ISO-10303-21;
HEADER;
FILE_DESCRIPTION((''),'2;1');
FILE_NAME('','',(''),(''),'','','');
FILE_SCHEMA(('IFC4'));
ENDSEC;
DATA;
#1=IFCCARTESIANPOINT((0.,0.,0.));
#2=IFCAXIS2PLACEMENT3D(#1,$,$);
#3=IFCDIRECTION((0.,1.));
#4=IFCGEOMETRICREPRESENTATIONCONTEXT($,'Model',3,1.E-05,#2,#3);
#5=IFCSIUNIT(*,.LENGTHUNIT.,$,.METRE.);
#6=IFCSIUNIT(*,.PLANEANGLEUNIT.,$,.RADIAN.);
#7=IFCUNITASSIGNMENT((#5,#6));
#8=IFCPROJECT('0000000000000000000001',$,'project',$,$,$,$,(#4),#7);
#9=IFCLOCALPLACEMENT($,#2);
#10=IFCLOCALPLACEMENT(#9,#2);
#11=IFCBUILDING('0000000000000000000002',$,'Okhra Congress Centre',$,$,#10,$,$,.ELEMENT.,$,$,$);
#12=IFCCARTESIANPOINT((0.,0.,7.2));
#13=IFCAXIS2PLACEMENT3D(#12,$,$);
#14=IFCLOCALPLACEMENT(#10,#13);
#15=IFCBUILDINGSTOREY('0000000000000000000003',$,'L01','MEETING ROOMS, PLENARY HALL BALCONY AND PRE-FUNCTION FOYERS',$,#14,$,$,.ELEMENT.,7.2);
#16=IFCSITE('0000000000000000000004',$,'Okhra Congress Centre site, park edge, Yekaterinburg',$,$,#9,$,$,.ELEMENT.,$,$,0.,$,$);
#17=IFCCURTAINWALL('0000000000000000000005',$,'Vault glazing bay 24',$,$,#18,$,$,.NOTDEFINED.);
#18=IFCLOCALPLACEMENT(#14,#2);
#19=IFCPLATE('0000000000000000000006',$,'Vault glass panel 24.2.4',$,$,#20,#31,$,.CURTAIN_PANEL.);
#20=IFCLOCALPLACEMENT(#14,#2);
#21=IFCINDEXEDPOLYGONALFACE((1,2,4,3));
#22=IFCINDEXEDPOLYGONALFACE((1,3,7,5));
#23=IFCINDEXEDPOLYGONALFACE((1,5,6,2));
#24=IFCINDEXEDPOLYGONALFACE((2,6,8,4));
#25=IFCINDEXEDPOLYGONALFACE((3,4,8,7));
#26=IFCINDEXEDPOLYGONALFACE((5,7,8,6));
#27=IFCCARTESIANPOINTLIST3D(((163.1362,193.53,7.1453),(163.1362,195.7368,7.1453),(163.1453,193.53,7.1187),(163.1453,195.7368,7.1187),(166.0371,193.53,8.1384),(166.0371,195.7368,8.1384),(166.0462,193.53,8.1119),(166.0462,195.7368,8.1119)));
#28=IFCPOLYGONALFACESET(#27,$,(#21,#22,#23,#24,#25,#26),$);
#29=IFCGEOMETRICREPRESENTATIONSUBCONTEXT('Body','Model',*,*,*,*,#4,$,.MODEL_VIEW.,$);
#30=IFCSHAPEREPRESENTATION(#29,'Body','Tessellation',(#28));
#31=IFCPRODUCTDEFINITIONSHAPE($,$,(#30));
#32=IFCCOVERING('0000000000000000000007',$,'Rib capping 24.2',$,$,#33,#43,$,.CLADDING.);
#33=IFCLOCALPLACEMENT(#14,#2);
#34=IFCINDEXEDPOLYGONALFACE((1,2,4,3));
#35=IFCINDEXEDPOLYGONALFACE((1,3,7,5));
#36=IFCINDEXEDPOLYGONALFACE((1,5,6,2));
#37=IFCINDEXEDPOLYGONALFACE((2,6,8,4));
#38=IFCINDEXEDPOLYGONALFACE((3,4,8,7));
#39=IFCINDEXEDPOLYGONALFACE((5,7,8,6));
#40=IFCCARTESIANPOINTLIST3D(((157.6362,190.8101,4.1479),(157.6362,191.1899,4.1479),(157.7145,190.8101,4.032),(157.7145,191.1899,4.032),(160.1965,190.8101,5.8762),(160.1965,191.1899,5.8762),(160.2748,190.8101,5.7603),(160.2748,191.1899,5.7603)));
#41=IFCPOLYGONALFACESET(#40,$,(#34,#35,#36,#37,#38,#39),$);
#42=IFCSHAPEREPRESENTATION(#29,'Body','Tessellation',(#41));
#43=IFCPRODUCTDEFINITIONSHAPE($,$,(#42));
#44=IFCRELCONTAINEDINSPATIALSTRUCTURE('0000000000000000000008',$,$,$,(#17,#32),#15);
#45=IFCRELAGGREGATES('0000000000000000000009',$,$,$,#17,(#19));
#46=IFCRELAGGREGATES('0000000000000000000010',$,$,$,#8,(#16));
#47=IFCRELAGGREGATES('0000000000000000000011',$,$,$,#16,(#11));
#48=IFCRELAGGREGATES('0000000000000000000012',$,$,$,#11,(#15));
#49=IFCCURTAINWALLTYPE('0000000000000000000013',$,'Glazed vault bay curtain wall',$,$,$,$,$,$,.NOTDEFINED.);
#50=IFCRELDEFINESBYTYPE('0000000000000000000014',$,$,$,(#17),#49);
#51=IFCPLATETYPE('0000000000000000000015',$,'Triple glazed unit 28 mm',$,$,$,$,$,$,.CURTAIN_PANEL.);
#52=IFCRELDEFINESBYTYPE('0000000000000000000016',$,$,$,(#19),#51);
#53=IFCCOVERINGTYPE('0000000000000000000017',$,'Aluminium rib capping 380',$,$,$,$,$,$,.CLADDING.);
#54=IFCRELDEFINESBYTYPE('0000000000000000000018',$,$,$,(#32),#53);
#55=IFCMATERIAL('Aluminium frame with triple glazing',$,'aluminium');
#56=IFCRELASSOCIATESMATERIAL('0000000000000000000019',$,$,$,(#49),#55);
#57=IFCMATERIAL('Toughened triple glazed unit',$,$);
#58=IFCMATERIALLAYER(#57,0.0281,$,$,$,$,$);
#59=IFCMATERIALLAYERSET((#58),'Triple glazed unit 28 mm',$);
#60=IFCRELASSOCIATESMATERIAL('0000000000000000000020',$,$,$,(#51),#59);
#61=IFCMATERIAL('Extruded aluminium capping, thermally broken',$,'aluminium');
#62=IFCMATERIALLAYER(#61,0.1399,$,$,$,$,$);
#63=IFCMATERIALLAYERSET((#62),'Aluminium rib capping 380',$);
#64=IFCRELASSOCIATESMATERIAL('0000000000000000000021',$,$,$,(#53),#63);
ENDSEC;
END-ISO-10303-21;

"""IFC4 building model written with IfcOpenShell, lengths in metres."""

from ifc_helpers import new_model, si_unit, direction, frame, origin, place, context, subcontext, project, spatial, polyline, outline, extrude, material, layer, layer_set, type_object, element, aggregate, save


model = new_model("IFC4")

# Units and contexts
model_context = context("Model", 3, precision=1e-05, world=origin(), true_north=direction((0.0, 1.0)))
body_context = subcontext(model_context, "Body", "Model", "MODEL_VIEW")
ifc_project = project(units=[si_unit("LENGTHUNIT", "METRE"), si_unit("PLANEANGLEUNIT", "RADIAN")], contexts=[model_context])

# Site, building, storey
site_placement = place(None, origin())
site = spatial("IfcSite", under=ifc_project, at=site_placement, Name="Okhra Congress Centre site, park edge, Yekaterinburg", CompositionType="ELEMENT", RefElevation=0.0)
building_placement = place(site_placement, origin())
building = spatial("IfcBuilding", under=site, at=building_placement, Name="Okhra Congress Centre", CompositionType="ELEMENT")
storey_placement = place(building_placement, frame((0.0, 0.0, 7.2)))
storey = spatial("IfcBuildingStorey", under=building, at=storey_placement, Name="L01", Description="MEETING ROOMS, PLENARY HALL BALCONY AND PRE-FUNCTION FOYERS", CompositionType="ELEMENT", Elevation=7.2)

# Curtain wall
ifc_material_1 = material(Name="Aluminium frame with triple glazing", Category="aluminium")
curtain_wall_type = type_object("IfcCurtainWallType", Name="Glazed vault bay curtain wall", PredefinedType="NOTDEFINED", material=ifc_material_1)
curtain_wall_1_placement = place(storey_placement, origin())
curtain_wall_1 = element("IfcCurtainWall", 1, at=curtain_wall_1_placement, inside=storey, type_object=curtain_wall_type, Name="Vault glazing bay 24", PredefinedType="NOTDEFINED")

# Plate
ifc_material_2 = material(Name="Toughened triple glazed unit")
ifc_layer_1 = layer(ifc_material_2, 0.0281)
ifc_layer_set_1 = layer_set([ifc_layer_1], Name="Triple glazed unit 28 mm")
plate_type_1 = type_object("IfcPlateType", Name="Triple glazed unit 28 mm", PredefinedType="CURTAIN_PANEL", material=ifc_layer_set_1)
plate_1_placement = place(storey_placement, frame((163.1362, 193.53, 7.1453), z_axis=(-0.323909, 0.0, 0.946088), x_axis=(0.946088, 0.0, 0.323909)))
plate_1 = element("IfcPlate", 2, at=plate_1_placement, type_object=plate_type_1, Name="Vault glass panel 24.2.4", PredefinedType="CURTAIN_PANEL", context=body_context, shape_type="SweptSolid", body=[
    extrude(outline(polyline([(0.0, 0.0), (3.0662, 0.0), (3.0662, 2.2068), (0.0, 2.2068), (0.0, 0.0)])), origin(), (0.0, 0.0, -1.0), 0.0281),
])
aggregate(curtain_wall_1, [plate_1])

# Covering
ifc_material_3 = material(Name="Extruded aluminium capping, thermally broken", Category="aluminium")
ifc_layer_2 = layer(ifc_material_3, 0.1399)
ifc_layer_set_2 = layer_set([ifc_layer_2], Name="Aluminium rib capping 380")
covering_type = type_object("IfcCoveringType", Name="Aluminium rib capping 380", PredefinedType="CLADDING", material=ifc_layer_set_2)
covering_placement = place(storey_placement, frame((157.6362, 190.8101, 4.1479), z_axis=(-0.559488, 0.0, 0.828839), x_axis=(0.828839, 0.0, 0.559488)))
element("IfcCovering", 3, at=covering_placement, inside=storey, type_object=covering_type, Name="Rib capping 24.2", PredefinedType="CLADDING", context=body_context, shape_type="SweptSolid", body=[
    extrude(outline(polyline([(0.0, 0.0), (3.089, 0.0), (3.089, 0.3799), (0.0, 0.3799), (0.0, 0.0)])), origin(), (0.0, 0.0, -1.0), 0.1399),
])

save(model, "model.ifc")
